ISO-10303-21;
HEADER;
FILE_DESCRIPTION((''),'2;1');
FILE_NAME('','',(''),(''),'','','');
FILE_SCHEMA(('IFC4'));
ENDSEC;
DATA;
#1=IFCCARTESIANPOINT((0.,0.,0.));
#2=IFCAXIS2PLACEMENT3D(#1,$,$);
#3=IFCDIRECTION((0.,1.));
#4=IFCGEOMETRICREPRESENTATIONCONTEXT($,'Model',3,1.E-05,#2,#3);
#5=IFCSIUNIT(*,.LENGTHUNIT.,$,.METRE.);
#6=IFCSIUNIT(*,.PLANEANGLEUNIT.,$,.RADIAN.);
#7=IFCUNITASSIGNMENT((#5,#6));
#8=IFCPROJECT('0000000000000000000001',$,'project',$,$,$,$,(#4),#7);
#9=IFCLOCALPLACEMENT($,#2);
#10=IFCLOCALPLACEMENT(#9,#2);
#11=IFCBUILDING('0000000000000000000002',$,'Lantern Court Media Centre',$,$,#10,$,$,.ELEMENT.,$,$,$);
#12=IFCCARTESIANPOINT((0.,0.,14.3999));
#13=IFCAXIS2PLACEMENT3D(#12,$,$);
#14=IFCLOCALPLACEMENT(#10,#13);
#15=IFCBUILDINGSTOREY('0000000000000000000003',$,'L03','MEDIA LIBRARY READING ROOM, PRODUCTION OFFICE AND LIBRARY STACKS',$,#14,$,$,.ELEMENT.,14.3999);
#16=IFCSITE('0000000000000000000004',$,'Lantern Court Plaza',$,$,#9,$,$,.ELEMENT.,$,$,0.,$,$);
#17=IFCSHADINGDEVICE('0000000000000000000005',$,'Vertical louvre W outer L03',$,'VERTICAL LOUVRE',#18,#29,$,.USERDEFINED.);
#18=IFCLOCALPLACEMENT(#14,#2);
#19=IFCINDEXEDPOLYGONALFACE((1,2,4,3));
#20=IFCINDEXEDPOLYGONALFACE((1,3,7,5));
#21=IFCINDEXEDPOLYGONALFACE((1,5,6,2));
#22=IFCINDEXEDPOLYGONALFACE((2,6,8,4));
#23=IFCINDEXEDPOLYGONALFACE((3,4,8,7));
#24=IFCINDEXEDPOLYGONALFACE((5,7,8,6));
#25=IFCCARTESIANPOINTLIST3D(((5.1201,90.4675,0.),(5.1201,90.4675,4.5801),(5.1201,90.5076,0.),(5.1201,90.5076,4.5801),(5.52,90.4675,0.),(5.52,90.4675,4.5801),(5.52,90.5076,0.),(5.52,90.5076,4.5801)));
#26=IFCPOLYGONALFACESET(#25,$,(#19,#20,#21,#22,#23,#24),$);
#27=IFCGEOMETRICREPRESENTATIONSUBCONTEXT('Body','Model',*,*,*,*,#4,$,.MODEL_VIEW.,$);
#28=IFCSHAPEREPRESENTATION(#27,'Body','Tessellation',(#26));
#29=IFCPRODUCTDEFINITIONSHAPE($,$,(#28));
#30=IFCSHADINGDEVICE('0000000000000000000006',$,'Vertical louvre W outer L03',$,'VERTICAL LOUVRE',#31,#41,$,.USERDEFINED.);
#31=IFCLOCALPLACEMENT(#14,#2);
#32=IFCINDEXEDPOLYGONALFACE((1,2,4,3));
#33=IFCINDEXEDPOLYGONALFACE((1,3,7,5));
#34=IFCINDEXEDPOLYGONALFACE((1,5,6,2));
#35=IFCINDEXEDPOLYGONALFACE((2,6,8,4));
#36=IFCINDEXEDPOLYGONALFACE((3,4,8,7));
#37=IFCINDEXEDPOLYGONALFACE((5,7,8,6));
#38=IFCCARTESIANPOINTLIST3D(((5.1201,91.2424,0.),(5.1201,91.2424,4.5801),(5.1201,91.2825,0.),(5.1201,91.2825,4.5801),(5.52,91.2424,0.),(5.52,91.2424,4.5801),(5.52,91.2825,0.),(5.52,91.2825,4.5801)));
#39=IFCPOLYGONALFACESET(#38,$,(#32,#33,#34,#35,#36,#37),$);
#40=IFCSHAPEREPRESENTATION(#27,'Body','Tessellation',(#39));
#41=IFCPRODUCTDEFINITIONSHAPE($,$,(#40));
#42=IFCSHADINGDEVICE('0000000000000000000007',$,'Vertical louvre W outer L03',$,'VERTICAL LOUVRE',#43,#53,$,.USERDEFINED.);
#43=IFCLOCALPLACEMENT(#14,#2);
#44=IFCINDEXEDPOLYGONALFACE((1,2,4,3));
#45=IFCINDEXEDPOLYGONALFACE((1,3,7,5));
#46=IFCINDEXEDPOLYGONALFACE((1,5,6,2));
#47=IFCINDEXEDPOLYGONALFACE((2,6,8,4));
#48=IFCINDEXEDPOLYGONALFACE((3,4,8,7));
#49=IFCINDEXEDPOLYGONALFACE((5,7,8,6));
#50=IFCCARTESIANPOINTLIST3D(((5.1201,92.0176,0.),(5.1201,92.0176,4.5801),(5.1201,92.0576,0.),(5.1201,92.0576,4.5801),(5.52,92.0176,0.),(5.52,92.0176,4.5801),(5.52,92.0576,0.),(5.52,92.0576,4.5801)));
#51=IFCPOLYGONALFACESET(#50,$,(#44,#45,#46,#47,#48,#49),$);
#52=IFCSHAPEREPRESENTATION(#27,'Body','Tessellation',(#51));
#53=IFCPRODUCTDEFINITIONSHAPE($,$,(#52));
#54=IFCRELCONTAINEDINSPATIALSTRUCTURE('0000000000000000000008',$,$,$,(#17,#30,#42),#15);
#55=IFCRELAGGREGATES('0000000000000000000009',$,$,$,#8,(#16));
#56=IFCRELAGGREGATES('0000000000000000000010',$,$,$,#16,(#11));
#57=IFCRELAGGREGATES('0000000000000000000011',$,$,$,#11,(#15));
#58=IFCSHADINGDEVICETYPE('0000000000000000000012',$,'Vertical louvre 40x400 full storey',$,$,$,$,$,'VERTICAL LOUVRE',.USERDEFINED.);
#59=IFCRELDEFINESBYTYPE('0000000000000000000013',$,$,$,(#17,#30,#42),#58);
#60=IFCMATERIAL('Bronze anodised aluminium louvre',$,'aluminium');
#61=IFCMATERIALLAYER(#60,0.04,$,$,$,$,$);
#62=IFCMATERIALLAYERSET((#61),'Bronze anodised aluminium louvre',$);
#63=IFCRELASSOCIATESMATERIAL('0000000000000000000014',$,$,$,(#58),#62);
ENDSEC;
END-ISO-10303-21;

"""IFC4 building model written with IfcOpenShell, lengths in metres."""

from ifc_helpers import new_model, si_unit, direction, frame, origin, origin_2d, place, context, subcontext, project, spatial, rectangle, extrude, material, layer, layer_set, type_object, element, save


model = new_model("IFC4")

# Units and contexts
model_context = context("Model", 3, precision=1e-05, world=origin(), true_north=direction((0.0, 1.0)))
body_context = subcontext(model_context, "Body", "Model", "MODEL_VIEW")
ifc_project = project(units=[si_unit("LENGTHUNIT", "METRE"), si_unit("PLANEANGLEUNIT", "RADIAN")], contexts=[model_context])

# Site, building, storey
site_placement = place(None, origin())
site = spatial("IfcSite", under=ifc_project, at=site_placement, Name="Lantern Court Plaza", CompositionType="ELEMENT", RefElevation=0.0)
building_placement = place(site_placement, origin())
building = spatial("IfcBuilding", under=site, at=building_placement, Name="Lantern Court Media Centre", CompositionType="ELEMENT")
storey_placement = place(building_placement, frame((0.0, 0.0, 14.3999)))
storey = spatial("IfcBuildingStorey", under=building, at=storey_placement, Name="L03", Description="MEDIA LIBRARY READING ROOM, PRODUCTION OFFICE AND LIBRARY STACKS", CompositionType="ELEMENT", Elevation=14.3999)

# Shading devices
ifc_material_1 = material(Name="Bronze anodised aluminium louvre", Category="aluminium")
ifc_layer_1 = layer(ifc_material_1, 0.04)
ifc_layer_set_1 = layer_set([ifc_layer_1], Name="Bronze anodised aluminium louvre")
shading_device_type = type_object("IfcShadingDeviceType", Name="Vertical louvre 40x400 full storey", ElementType="VERTICAL LOUVRE", PredefinedType="USERDEFINED", material=ifc_layer_set_1)
for number, where, z_axis, x_axis, name in (
    (1, (5.3201, 90.4875, 0.0), (0.0, 0.0, 1.0), (1.0, 0.0, 0.0), "Vertical louvre W outer L03"),
    (2, (5.3201, 91.2625, 0.0), (0.0, 0.0, 1.0), (1.0, 0.0, 0.0), "Vertical louvre W outer L03"),
    (3, (5.3201, 92.0376, 0.0), (0.0, 0.0, 1.0), (1.0, 0.0, 0.0), "Vertical louvre W outer L03"),
):
    element("IfcShadingDevice", number, at=place(storey_placement, frame(where, z_axis=z_axis, x_axis=x_axis)), inside=storey, type_object=shading_device_type, Name=name, ObjectType="VERTICAL LOUVRE", PredefinedType="USERDEFINED", context=body_context, shape_type="SweptSolid", body=[
        extrude(rectangle(XDim=0.3999, YDim=0.04, at=origin_2d()), origin(), (0.0, 0.0, 1.0), 4.5801),
    ])

save(model, "model.ifc")
